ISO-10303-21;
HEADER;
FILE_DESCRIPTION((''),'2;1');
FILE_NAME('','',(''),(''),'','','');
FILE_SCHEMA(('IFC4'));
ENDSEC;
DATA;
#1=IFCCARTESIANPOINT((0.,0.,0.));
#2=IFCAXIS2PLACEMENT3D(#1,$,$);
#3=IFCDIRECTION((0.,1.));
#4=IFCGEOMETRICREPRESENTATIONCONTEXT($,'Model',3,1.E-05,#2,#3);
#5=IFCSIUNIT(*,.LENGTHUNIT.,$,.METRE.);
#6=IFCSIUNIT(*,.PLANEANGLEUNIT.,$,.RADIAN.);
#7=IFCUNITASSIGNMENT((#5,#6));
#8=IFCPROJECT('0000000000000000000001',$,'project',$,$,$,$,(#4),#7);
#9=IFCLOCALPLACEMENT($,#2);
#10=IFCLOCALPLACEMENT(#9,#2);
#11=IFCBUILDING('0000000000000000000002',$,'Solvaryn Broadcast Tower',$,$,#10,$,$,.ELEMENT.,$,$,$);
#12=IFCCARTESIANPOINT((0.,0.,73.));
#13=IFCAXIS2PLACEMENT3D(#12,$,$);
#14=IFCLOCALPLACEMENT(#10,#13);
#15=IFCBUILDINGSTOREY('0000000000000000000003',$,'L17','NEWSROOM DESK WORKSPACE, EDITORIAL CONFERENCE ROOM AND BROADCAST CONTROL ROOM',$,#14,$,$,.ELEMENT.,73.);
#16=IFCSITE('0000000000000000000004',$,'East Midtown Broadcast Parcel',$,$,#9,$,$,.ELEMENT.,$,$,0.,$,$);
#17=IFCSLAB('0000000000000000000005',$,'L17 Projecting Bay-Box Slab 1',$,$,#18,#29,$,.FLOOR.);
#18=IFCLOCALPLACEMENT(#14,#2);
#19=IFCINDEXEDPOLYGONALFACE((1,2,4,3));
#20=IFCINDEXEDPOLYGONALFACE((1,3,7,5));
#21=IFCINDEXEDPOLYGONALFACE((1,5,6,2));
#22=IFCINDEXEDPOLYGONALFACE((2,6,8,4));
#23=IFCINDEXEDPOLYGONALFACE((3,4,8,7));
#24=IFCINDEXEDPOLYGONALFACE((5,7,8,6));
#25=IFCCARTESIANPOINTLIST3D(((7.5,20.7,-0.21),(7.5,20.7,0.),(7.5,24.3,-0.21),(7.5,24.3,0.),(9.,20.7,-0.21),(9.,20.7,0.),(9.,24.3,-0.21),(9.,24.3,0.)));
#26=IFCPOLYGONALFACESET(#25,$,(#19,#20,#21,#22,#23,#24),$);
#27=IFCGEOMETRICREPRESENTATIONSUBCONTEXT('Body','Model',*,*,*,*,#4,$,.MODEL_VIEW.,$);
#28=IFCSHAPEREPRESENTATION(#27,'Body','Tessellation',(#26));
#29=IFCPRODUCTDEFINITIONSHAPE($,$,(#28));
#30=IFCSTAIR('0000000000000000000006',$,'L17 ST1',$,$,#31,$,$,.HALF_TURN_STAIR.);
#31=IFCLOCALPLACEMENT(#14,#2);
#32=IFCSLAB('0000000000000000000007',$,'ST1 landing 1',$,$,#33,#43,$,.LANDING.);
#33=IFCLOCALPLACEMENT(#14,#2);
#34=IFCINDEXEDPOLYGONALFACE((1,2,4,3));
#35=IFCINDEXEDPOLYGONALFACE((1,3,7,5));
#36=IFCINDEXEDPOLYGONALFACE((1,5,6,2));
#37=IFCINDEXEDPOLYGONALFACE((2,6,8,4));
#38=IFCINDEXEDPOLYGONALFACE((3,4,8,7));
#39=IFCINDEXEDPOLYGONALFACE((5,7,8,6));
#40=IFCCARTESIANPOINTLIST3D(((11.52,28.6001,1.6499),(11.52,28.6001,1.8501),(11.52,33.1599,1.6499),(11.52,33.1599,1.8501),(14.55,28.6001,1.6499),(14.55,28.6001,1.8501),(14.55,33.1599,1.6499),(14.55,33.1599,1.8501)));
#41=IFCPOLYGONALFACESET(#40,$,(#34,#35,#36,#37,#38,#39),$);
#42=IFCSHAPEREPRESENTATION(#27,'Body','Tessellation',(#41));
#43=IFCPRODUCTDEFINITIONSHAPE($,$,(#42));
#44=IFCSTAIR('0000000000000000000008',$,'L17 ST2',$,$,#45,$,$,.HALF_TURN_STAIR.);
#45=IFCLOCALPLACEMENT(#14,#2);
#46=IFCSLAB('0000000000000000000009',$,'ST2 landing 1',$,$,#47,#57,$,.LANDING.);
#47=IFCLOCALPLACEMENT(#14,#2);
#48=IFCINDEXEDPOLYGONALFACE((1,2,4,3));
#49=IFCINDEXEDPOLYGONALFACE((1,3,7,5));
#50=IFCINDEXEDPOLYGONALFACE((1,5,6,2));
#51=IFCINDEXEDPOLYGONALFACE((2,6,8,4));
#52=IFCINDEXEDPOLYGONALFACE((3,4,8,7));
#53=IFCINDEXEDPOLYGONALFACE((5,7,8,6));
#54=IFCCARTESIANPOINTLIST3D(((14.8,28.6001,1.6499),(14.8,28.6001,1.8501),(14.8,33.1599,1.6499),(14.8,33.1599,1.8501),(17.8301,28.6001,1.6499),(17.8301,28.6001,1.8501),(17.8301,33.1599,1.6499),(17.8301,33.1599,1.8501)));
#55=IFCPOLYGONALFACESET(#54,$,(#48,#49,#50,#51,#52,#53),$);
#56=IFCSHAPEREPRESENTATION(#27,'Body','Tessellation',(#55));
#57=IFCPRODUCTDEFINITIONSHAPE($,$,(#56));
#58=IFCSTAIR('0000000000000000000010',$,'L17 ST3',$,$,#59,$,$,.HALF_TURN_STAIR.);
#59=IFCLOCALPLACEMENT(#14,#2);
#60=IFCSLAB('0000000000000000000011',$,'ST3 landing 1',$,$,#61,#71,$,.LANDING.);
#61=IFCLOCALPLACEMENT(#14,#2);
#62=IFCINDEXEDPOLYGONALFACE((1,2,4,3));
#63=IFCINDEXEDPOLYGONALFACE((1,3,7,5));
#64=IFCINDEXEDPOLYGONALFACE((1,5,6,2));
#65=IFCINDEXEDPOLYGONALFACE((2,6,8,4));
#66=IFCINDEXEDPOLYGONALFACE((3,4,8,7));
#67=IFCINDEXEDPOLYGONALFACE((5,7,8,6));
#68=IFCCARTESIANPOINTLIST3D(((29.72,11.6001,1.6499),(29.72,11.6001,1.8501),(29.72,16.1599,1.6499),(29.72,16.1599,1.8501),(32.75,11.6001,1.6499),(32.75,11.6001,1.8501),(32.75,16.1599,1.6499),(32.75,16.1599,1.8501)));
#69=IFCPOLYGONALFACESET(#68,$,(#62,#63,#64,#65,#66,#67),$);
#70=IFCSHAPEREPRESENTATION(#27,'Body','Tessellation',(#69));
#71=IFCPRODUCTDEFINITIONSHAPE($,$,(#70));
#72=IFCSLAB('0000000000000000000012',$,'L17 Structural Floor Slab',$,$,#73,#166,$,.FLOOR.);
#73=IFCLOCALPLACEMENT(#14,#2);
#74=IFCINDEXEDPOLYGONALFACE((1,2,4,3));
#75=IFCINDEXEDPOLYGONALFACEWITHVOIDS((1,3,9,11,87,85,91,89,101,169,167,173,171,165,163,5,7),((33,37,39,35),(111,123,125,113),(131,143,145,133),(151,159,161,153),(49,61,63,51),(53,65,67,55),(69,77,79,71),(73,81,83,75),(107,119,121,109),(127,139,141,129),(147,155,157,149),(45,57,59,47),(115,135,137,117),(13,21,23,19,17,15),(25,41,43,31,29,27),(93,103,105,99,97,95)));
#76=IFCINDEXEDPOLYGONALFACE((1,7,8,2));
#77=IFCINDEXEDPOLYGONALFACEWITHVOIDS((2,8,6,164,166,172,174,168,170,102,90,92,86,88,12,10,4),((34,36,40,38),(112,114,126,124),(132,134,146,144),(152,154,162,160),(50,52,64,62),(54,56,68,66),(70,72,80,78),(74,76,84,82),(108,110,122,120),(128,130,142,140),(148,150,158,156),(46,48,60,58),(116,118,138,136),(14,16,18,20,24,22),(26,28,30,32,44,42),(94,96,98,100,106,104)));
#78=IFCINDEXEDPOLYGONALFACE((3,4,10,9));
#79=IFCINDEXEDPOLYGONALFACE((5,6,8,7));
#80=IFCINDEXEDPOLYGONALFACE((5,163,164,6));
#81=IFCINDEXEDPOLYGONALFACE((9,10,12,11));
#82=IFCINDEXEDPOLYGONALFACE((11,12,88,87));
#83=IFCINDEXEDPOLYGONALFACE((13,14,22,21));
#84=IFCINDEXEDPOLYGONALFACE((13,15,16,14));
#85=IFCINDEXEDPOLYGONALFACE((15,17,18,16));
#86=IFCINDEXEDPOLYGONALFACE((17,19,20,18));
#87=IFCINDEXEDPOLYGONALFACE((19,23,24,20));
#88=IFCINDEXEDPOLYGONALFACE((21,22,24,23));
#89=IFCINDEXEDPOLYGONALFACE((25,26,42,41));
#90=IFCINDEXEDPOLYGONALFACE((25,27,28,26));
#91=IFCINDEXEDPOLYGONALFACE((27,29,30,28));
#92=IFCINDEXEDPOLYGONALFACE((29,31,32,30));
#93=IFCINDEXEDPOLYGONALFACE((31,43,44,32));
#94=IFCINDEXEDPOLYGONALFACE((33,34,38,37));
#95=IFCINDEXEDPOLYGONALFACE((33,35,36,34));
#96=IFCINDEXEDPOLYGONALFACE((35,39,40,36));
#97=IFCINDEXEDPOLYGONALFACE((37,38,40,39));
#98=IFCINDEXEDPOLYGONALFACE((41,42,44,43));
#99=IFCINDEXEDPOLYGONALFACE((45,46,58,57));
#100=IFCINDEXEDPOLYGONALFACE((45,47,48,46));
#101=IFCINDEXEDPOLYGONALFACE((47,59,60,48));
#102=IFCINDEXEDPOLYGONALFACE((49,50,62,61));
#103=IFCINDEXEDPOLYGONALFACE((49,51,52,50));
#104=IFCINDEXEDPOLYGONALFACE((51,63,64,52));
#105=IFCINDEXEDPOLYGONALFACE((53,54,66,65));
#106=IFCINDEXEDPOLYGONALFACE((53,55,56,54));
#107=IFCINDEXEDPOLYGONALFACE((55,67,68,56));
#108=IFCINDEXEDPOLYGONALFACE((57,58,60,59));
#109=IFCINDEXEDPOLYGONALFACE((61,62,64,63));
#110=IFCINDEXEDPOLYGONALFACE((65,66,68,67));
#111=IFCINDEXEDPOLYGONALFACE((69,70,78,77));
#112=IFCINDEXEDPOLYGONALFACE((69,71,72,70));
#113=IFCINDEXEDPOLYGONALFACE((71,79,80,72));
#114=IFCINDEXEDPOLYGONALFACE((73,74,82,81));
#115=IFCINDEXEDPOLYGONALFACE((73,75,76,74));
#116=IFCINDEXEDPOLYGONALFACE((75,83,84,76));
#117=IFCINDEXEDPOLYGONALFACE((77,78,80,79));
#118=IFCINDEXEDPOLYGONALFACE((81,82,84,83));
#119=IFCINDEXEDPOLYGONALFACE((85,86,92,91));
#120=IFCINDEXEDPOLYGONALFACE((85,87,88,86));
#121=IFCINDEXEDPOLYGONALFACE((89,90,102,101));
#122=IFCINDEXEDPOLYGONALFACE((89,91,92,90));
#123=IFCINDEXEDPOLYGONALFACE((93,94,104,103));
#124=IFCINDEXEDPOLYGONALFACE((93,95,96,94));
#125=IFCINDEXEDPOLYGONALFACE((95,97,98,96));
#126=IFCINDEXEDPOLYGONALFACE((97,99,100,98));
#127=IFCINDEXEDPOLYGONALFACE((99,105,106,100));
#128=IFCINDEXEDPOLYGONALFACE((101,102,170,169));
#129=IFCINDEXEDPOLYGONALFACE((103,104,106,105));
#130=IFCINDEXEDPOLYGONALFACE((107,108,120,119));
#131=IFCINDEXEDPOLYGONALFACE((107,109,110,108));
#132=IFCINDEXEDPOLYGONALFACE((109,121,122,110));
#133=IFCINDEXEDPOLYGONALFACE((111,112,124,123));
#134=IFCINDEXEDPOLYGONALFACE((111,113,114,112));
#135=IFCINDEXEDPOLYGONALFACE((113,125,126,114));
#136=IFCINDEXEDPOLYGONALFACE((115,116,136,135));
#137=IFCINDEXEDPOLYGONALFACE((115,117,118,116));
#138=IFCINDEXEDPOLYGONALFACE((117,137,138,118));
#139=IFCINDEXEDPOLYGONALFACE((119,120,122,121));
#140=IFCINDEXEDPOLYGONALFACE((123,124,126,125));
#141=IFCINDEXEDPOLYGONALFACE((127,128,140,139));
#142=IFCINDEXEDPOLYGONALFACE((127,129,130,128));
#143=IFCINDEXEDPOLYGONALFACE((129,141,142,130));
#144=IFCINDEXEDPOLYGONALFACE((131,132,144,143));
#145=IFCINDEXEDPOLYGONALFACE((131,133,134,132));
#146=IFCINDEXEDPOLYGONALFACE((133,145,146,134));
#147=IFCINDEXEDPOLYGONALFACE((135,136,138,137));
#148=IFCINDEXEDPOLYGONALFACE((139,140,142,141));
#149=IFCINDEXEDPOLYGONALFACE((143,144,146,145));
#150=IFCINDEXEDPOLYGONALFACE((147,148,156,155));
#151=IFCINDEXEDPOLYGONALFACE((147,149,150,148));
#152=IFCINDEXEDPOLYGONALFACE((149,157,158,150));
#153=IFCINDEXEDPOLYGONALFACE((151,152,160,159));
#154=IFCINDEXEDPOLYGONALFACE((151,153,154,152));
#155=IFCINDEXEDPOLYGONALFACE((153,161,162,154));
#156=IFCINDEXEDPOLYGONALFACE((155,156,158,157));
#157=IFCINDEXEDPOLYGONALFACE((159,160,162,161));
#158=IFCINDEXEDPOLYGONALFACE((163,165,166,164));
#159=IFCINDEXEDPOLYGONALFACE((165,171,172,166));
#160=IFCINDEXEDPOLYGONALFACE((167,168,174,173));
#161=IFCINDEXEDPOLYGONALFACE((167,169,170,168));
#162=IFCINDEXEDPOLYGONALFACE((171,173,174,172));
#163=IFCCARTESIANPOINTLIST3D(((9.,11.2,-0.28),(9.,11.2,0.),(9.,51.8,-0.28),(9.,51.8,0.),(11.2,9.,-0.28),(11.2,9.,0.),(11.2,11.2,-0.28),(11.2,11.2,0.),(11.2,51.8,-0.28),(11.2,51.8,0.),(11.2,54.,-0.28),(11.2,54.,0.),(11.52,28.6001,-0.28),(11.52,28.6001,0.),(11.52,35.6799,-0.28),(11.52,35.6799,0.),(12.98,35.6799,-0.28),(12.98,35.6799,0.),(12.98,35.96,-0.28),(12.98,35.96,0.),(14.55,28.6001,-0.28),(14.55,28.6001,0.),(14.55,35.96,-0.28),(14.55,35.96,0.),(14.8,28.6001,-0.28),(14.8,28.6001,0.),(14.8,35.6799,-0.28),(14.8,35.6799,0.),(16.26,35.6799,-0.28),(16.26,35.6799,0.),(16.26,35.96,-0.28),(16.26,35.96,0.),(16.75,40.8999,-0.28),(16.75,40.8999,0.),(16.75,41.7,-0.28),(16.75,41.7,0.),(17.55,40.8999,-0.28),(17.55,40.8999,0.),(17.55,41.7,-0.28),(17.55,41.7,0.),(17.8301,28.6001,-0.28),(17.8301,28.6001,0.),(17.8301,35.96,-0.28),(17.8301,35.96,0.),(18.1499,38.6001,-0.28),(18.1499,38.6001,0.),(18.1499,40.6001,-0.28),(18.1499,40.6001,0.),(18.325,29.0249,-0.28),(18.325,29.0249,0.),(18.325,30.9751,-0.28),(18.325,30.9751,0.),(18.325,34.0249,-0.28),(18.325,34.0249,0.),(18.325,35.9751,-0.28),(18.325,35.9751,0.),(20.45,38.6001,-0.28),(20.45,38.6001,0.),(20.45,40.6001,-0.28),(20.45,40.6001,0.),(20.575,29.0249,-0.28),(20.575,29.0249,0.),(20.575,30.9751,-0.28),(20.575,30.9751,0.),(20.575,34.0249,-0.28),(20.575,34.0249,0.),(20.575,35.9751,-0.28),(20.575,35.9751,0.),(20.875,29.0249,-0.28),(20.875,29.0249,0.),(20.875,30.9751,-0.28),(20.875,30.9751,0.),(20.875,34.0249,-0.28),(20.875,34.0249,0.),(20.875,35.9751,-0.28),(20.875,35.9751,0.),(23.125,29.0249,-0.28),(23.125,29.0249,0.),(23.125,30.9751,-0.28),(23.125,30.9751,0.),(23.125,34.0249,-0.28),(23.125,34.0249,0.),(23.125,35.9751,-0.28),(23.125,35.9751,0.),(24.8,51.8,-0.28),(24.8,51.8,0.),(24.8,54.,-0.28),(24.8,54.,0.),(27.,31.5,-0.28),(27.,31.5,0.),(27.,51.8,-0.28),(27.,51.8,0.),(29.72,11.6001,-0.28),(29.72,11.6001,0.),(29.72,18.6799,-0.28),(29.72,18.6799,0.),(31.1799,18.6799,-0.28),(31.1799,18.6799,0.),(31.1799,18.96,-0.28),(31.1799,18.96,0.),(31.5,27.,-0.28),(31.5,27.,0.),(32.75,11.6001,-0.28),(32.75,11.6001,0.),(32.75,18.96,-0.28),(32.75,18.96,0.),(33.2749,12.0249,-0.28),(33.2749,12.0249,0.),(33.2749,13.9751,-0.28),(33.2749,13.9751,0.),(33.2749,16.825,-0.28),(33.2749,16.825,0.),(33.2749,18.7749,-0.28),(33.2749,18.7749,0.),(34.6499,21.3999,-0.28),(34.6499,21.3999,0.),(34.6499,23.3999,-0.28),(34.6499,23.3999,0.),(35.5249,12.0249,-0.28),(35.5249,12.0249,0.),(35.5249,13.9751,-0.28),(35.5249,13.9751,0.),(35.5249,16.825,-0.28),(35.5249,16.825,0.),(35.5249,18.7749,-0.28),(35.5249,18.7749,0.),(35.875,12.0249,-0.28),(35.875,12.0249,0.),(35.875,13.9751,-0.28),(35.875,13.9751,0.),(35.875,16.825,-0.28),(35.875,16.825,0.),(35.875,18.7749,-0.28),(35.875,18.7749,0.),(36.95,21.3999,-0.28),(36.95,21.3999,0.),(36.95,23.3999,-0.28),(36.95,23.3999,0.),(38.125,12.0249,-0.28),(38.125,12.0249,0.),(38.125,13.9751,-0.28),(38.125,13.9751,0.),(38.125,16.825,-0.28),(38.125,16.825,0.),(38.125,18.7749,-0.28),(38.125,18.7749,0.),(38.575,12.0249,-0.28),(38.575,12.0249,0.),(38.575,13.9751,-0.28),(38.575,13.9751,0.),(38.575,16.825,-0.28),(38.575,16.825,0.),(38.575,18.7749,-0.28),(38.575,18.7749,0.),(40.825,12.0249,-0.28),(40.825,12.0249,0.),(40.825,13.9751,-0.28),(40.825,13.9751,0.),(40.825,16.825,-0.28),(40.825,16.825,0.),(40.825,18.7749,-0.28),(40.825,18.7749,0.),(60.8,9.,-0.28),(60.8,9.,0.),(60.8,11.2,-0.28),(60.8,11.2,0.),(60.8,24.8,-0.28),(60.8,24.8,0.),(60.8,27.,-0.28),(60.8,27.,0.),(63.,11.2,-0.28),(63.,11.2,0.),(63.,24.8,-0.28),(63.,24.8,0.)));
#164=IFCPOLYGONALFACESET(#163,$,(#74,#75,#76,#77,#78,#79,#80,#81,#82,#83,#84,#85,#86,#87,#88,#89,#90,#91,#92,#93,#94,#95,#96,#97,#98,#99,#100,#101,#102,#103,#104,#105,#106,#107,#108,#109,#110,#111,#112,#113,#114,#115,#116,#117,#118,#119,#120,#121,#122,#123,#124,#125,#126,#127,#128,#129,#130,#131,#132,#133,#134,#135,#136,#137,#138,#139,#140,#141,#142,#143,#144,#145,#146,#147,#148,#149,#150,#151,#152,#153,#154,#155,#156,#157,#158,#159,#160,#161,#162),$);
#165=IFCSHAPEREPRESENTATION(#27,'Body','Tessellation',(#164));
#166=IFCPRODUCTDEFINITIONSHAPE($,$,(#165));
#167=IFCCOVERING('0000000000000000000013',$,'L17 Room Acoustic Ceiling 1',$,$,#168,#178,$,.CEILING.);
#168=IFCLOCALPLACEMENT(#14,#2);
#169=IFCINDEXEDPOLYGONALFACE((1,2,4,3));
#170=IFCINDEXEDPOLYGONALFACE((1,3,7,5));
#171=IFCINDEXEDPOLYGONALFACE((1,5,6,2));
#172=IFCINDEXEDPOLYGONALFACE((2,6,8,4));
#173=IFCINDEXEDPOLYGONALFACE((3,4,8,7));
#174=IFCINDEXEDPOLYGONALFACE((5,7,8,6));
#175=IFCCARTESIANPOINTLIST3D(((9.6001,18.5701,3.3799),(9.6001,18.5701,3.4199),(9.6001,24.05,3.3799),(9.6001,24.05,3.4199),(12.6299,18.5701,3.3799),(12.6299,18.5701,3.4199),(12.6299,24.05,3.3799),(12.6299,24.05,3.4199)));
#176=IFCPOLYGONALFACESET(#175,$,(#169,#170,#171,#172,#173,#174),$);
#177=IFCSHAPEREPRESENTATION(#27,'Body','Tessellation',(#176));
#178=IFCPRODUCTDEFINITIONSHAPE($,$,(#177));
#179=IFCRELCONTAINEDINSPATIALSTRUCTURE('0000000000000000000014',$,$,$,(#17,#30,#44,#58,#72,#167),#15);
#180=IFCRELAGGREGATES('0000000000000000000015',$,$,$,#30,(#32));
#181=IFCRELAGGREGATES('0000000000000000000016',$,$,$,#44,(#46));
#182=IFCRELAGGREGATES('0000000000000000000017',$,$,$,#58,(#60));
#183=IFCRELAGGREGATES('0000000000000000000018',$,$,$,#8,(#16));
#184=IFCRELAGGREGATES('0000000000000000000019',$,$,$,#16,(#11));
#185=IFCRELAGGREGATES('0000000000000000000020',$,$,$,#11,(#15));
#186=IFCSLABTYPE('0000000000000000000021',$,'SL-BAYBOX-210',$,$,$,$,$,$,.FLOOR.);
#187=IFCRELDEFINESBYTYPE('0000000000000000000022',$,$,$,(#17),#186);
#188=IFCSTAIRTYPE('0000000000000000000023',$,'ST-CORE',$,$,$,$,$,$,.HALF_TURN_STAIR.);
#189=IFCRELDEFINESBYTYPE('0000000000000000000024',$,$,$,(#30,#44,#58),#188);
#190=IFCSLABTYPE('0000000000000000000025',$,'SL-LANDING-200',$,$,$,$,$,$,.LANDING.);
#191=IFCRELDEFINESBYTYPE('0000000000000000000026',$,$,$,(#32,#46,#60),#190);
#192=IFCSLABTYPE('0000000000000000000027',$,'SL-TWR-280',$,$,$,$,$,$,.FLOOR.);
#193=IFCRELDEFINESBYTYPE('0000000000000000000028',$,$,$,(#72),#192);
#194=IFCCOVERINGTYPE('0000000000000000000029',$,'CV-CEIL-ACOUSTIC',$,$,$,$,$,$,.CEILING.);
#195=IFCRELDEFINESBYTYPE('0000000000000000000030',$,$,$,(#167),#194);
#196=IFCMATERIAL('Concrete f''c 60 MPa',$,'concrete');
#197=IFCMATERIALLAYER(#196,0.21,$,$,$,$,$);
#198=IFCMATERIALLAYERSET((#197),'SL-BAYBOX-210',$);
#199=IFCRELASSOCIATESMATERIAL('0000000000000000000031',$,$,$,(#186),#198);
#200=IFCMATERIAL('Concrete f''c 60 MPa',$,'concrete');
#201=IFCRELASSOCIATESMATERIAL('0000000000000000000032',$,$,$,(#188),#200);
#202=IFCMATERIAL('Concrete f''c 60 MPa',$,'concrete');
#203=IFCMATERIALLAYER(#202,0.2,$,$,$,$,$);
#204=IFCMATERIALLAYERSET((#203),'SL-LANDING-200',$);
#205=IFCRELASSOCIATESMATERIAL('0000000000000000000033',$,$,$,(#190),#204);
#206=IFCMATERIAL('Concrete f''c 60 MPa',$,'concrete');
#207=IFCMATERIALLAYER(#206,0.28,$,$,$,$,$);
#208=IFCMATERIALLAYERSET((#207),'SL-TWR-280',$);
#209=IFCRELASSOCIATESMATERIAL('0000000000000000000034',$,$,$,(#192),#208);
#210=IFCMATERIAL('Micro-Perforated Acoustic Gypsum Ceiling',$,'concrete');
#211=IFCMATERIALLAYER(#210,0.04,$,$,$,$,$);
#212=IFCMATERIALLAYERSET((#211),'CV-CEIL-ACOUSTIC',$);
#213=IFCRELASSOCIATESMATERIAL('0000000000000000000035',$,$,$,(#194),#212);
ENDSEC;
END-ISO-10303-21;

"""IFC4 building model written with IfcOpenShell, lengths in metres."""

from ifc_helpers import new_model, si_unit, direction, frame, origin, place, context, subcontext, project, spatial, polyline, outline, extrude, material, layer, layer_set, type_object, element, aggregate, save


model = new_model("IFC4")

# Units and contexts
model_context = context("Model", 3, precision=1e-05, world=origin(), true_north=direction((0.0, 1.0)))
body_context = subcontext(model_context, "Body", "Model", "MODEL_VIEW")
ifc_project = project(units=[si_unit("LENGTHUNIT", "METRE"), si_unit("PLANEANGLEUNIT", "RADIAN")], contexts=[model_context])

# Site, building, storey
site_placement = place(None, origin())
site = spatial("IfcSite", under=ifc_project, at=site_placement, Name="East Midtown Broadcast Parcel", CompositionType="ELEMENT", RefElevation=0.0)
building_placement = place(site_placement, origin())
building = spatial("IfcBuilding", under=site, at=building_placement, Name="Solvaryn Broadcast Tower", CompositionType="ELEMENT")
storey_placement = place(building_placement, frame((0.0, 0.0, 73.0)))
storey = spatial("IfcBuildingStorey", under=building, at=storey_placement, Name="L17", Description="NEWSROOM DESK WORKSPACE, EDITORIAL CONFERENCE ROOM AND BROADCAST CONTROL ROOM", CompositionType="ELEMENT", Elevation=73.0)

# Slab
ifc_material_1 = material(Name="Concrete f'c 60 MPa", Category="concrete")
ifc_layer_1 = layer(ifc_material_1, 0.21)
ifc_layer_set_1 = layer_set([ifc_layer_1], Name="SL-BAYBOX-210")
slab_type_1 = type_object("IfcSlabType", Name="SL-BAYBOX-210", PredefinedType="FLOOR", material=ifc_layer_set_1)
slab_1_placement = place(storey_placement, frame((0.0, 0.0, -0.21)))
element("IfcSlab", 1, at=slab_1_placement, inside=storey, type_object=slab_type_1, Name="L17 Projecting Bay-Box Slab 1", PredefinedType="FLOOR", context=body_context, shape_type="SweptSolid", body=[
    extrude(outline(polyline([(7.5, 20.7), (9.0, 20.7), (9.0, 24.3), (7.5, 24.3), (7.5, 20.7)])), origin(), (0.0, 0.0, 1.0), 0.21),
])

# Stairs, slabs
ifc_material_2 = material(Name="Concrete f'c 60 MPa", Category="concrete")
stair_type = type_object("IfcStairType", Name="ST-CORE", PredefinedType="HALF_TURN_STAIR", material=ifc_material_2)
stair_1_placement = place(storey_placement, origin())
stair_1 = element("IfcStair", 2, at=stair_1_placement, inside=storey, type_object=stair_type, Name="L17 ST1", PredefinedType="HALF_TURN_STAIR")
ifc_material_3 = material(Name="Concrete f'c 60 MPa", Category="concrete")
ifc_layer_2 = layer(ifc_material_3, 0.2)
ifc_layer_set_2 = layer_set([ifc_layer_2], Name="SL-LANDING-200")
slab_type_2 = type_object("IfcSlabType", Name="SL-LANDING-200", PredefinedType="LANDING", material=ifc_layer_set_2)
slab_2_placement = place(storey_placement, frame((0.0, 0.0, 1.6499)))
slab_2 = element("IfcSlab", 3, at=slab_2_placement, type_object=slab_type_2, Name="ST1 landing 1", PredefinedType="LANDING", context=body_context, shape_type="SweptSolid", body=[
    extrude(outline(polyline([(11.52, 33.1599), (11.52, 28.6001), (14.55, 28.6001), (14.55, 33.1599), (11.52, 33.1599)])), origin(), (0.0, 0.0, 1.0), 0.2002),
])
aggregate(stair_1, [slab_2])
stair_2_placement = place(storey_placement, origin())
stair_2 = element("IfcStair", 4, at=stair_2_placement, inside=storey, type_object=stair_type, Name="L17 ST2", PredefinedType="HALF_TURN_STAIR")
slab_3_placement = place(storey_placement, frame((0.0, 0.0, 1.6499)))
slab_3 = element("IfcSlab", 5, at=slab_3_placement, type_object=slab_type_2, Name="ST2 landing 1", PredefinedType="LANDING", context=body_context, shape_type="SweptSolid", body=[
    extrude(outline(polyline([(14.8, 33.1599), (14.8, 28.6001), (17.8301, 28.6001), (17.8301, 33.1599), (14.8, 33.1599)])), origin(), (0.0, 0.0, 1.0), 0.2002),
])
aggregate(stair_2, [slab_3])
stair_3_placement = place(storey_placement, origin())
stair_3 = element("IfcStair", 6, at=stair_3_placement, inside=storey, type_object=stair_type, Name="L17 ST3", PredefinedType="HALF_TURN_STAIR")
slab_4_placement = place(storey_placement, frame((0.0, 0.0, 1.6499)))
slab_4 = element("IfcSlab", 7, at=slab_4_placement, type_object=slab_type_2, Name="ST3 landing 1", PredefinedType="LANDING", context=body_context, shape_type="SweptSolid", body=[
    extrude(outline(polyline([(29.72, 16.1599), (29.72, 11.6001), (32.75, 11.6001), (32.75, 16.1599), (29.72, 16.1599)])), origin(), (0.0, 0.0, 1.0), 0.2002),
])
aggregate(stair_3, [slab_4])

# Slab
ifc_material_4 = material(Name="Concrete f'c 60 MPa", Category="concrete")
ifc_layer_3 = layer(ifc_material_4, 0.28)
ifc_layer_set_3 = layer_set([ifc_layer_3], Name="SL-TWR-280")
slab_type_3 = type_object("IfcSlabType", Name="SL-TWR-280", PredefinedType="FLOOR", material=ifc_layer_set_3)
slab_5_placement = place(storey_placement, frame((0.0, 0.0, -0.28)))
element("IfcSlab", 8, at=slab_5_placement, inside=storey, type_object=slab_type_3, Name="L17 Structural Floor Slab", PredefinedType="FLOOR", context=body_context, shape_type="SweptSolid", body=[
    extrude(outline(polyline([(11.2, 9.0), (60.8, 9.0), (60.8, 11.2), (63.0, 11.2), (63.0, 24.8), (60.8, 24.8), (60.8, 27.0), (31.5, 27.0), (27.0, 31.5), (27.0, 51.8), (24.8, 51.8), (24.8, 54.0), (11.2, 54.0), (11.2, 51.8), (9.0, 51.8), (9.0, 11.2), (11.2, 11.2), (11.2, 9.0)]), holes=[polyline([(11.52, 28.6001), (14.55, 28.6001), (14.55, 35.96), (12.98, 35.96), (12.98, 35.6799), (11.52, 35.6799), (11.52, 28.6001)]), polyline([(14.8, 28.6001), (17.8301, 28.6001), (17.8301, 35.96), (16.26, 35.96), (16.26, 35.6799), (14.8, 35.6799), (14.8, 28.6001)]), polyline([(29.72, 11.6001), (32.75, 11.6001), (32.75, 18.96), (31.1799, 18.96), (31.1799, 18.6799), (29.72, 18.6799), (29.72, 11.6001)]), polyline([(18.1499, 38.6001), (20.45, 38.6001), (20.45, 40.6001), (18.1499, 40.6001), (18.1499, 38.6001)]), polyline([(18.325, 29.0249), (20.575, 29.0249), (20.575, 30.9751), (18.325, 30.9751), (18.325, 29.0249)]), polyline([(20.875, 29.0249), (23.125, 29.0249), (23.125, 30.9751), (20.875, 30.9751), (20.875, 29.0249)]), polyline([(18.325, 34.0249), (20.575, 34.0249), (20.575, 35.9751), (18.325, 35.9751), (18.325, 34.0249)]), polyline([(20.875, 34.0249), (23.125, 34.0249), (23.125, 35.9751), (20.875, 35.9751), (20.875, 34.0249)]), polyline([(34.6499, 21.3999), (36.95, 21.3999), (36.95, 23.3999), (34.6499, 23.3999), (34.6499, 21.3999)]), polyline([(33.2749, 12.0249), (35.5249, 12.0249), (35.5249, 13.9751), (33.2749, 13.9751), (33.2749, 12.0249)]), polyline([(35.875, 12.0249), (38.125, 12.0249), (38.125, 13.9751), (35.875, 13.9751), (35.875, 12.0249)]), polyline([(33.2749, 16.825), (35.5249, 16.825), (35.5249, 18.7749), (33.2749, 18.7749), (33.2749, 16.825)]), polyline([(35.875, 16.825), (38.125, 16.825), (38.125, 18.7749), (35.875, 18.7749), (35.875, 16.825)]), polyline([(38.575, 12.0249), (40.825, 12.0249), (40.825, 13.9751), (38.575, 13.9751), (38.575, 12.0249)]), polyline([(38.575, 16.825), (40.825, 16.825), (40.825, 18.7749), (38.575, 18.7749), (38.575, 16.825)]), polyline([(16.75, 40.8999), (17.55, 40.8999), (17.55, 41.7), (16.75, 41.7), (16.75, 40.8999)])]), origin(), (0.0, 0.0, 1.0), 0.28),
])

# Covering
ifc_material_5 = material(Name="Micro-Perforated Acoustic Gypsum Ceiling", Category="concrete")
ifc_layer_4 = layer(ifc_material_5, 0.04)
ifc_layer_set_4 = layer_set([ifc_layer_4], Name="CV-CEIL-ACOUSTIC")
covering_type_1 = type_object("IfcCoveringType", Name="CV-CEIL-ACOUSTIC", PredefinedType="CEILING", material=ifc_layer_set_4)
covering_1_placement = place(storey_placement, frame((0.0, 0.0, 3.3799)))
element("IfcCovering", 9, at=covering_1_placement, inside=storey, type_object=covering_type_1, Name="L17 Room Acoustic Ceiling 1", PredefinedType="CEILING", context=body_context, shape_type="SweptSolid", body=[
    extrude(outline(polyline([(9.6001, 18.5701), (12.6299, 18.5701), (12.6299, 24.05), (9.6001, 24.05), (9.6001, 18.5701)])), origin(), (0.0, 0.0, 1.0), 0.04),
])

save(model, "model.ifc")
